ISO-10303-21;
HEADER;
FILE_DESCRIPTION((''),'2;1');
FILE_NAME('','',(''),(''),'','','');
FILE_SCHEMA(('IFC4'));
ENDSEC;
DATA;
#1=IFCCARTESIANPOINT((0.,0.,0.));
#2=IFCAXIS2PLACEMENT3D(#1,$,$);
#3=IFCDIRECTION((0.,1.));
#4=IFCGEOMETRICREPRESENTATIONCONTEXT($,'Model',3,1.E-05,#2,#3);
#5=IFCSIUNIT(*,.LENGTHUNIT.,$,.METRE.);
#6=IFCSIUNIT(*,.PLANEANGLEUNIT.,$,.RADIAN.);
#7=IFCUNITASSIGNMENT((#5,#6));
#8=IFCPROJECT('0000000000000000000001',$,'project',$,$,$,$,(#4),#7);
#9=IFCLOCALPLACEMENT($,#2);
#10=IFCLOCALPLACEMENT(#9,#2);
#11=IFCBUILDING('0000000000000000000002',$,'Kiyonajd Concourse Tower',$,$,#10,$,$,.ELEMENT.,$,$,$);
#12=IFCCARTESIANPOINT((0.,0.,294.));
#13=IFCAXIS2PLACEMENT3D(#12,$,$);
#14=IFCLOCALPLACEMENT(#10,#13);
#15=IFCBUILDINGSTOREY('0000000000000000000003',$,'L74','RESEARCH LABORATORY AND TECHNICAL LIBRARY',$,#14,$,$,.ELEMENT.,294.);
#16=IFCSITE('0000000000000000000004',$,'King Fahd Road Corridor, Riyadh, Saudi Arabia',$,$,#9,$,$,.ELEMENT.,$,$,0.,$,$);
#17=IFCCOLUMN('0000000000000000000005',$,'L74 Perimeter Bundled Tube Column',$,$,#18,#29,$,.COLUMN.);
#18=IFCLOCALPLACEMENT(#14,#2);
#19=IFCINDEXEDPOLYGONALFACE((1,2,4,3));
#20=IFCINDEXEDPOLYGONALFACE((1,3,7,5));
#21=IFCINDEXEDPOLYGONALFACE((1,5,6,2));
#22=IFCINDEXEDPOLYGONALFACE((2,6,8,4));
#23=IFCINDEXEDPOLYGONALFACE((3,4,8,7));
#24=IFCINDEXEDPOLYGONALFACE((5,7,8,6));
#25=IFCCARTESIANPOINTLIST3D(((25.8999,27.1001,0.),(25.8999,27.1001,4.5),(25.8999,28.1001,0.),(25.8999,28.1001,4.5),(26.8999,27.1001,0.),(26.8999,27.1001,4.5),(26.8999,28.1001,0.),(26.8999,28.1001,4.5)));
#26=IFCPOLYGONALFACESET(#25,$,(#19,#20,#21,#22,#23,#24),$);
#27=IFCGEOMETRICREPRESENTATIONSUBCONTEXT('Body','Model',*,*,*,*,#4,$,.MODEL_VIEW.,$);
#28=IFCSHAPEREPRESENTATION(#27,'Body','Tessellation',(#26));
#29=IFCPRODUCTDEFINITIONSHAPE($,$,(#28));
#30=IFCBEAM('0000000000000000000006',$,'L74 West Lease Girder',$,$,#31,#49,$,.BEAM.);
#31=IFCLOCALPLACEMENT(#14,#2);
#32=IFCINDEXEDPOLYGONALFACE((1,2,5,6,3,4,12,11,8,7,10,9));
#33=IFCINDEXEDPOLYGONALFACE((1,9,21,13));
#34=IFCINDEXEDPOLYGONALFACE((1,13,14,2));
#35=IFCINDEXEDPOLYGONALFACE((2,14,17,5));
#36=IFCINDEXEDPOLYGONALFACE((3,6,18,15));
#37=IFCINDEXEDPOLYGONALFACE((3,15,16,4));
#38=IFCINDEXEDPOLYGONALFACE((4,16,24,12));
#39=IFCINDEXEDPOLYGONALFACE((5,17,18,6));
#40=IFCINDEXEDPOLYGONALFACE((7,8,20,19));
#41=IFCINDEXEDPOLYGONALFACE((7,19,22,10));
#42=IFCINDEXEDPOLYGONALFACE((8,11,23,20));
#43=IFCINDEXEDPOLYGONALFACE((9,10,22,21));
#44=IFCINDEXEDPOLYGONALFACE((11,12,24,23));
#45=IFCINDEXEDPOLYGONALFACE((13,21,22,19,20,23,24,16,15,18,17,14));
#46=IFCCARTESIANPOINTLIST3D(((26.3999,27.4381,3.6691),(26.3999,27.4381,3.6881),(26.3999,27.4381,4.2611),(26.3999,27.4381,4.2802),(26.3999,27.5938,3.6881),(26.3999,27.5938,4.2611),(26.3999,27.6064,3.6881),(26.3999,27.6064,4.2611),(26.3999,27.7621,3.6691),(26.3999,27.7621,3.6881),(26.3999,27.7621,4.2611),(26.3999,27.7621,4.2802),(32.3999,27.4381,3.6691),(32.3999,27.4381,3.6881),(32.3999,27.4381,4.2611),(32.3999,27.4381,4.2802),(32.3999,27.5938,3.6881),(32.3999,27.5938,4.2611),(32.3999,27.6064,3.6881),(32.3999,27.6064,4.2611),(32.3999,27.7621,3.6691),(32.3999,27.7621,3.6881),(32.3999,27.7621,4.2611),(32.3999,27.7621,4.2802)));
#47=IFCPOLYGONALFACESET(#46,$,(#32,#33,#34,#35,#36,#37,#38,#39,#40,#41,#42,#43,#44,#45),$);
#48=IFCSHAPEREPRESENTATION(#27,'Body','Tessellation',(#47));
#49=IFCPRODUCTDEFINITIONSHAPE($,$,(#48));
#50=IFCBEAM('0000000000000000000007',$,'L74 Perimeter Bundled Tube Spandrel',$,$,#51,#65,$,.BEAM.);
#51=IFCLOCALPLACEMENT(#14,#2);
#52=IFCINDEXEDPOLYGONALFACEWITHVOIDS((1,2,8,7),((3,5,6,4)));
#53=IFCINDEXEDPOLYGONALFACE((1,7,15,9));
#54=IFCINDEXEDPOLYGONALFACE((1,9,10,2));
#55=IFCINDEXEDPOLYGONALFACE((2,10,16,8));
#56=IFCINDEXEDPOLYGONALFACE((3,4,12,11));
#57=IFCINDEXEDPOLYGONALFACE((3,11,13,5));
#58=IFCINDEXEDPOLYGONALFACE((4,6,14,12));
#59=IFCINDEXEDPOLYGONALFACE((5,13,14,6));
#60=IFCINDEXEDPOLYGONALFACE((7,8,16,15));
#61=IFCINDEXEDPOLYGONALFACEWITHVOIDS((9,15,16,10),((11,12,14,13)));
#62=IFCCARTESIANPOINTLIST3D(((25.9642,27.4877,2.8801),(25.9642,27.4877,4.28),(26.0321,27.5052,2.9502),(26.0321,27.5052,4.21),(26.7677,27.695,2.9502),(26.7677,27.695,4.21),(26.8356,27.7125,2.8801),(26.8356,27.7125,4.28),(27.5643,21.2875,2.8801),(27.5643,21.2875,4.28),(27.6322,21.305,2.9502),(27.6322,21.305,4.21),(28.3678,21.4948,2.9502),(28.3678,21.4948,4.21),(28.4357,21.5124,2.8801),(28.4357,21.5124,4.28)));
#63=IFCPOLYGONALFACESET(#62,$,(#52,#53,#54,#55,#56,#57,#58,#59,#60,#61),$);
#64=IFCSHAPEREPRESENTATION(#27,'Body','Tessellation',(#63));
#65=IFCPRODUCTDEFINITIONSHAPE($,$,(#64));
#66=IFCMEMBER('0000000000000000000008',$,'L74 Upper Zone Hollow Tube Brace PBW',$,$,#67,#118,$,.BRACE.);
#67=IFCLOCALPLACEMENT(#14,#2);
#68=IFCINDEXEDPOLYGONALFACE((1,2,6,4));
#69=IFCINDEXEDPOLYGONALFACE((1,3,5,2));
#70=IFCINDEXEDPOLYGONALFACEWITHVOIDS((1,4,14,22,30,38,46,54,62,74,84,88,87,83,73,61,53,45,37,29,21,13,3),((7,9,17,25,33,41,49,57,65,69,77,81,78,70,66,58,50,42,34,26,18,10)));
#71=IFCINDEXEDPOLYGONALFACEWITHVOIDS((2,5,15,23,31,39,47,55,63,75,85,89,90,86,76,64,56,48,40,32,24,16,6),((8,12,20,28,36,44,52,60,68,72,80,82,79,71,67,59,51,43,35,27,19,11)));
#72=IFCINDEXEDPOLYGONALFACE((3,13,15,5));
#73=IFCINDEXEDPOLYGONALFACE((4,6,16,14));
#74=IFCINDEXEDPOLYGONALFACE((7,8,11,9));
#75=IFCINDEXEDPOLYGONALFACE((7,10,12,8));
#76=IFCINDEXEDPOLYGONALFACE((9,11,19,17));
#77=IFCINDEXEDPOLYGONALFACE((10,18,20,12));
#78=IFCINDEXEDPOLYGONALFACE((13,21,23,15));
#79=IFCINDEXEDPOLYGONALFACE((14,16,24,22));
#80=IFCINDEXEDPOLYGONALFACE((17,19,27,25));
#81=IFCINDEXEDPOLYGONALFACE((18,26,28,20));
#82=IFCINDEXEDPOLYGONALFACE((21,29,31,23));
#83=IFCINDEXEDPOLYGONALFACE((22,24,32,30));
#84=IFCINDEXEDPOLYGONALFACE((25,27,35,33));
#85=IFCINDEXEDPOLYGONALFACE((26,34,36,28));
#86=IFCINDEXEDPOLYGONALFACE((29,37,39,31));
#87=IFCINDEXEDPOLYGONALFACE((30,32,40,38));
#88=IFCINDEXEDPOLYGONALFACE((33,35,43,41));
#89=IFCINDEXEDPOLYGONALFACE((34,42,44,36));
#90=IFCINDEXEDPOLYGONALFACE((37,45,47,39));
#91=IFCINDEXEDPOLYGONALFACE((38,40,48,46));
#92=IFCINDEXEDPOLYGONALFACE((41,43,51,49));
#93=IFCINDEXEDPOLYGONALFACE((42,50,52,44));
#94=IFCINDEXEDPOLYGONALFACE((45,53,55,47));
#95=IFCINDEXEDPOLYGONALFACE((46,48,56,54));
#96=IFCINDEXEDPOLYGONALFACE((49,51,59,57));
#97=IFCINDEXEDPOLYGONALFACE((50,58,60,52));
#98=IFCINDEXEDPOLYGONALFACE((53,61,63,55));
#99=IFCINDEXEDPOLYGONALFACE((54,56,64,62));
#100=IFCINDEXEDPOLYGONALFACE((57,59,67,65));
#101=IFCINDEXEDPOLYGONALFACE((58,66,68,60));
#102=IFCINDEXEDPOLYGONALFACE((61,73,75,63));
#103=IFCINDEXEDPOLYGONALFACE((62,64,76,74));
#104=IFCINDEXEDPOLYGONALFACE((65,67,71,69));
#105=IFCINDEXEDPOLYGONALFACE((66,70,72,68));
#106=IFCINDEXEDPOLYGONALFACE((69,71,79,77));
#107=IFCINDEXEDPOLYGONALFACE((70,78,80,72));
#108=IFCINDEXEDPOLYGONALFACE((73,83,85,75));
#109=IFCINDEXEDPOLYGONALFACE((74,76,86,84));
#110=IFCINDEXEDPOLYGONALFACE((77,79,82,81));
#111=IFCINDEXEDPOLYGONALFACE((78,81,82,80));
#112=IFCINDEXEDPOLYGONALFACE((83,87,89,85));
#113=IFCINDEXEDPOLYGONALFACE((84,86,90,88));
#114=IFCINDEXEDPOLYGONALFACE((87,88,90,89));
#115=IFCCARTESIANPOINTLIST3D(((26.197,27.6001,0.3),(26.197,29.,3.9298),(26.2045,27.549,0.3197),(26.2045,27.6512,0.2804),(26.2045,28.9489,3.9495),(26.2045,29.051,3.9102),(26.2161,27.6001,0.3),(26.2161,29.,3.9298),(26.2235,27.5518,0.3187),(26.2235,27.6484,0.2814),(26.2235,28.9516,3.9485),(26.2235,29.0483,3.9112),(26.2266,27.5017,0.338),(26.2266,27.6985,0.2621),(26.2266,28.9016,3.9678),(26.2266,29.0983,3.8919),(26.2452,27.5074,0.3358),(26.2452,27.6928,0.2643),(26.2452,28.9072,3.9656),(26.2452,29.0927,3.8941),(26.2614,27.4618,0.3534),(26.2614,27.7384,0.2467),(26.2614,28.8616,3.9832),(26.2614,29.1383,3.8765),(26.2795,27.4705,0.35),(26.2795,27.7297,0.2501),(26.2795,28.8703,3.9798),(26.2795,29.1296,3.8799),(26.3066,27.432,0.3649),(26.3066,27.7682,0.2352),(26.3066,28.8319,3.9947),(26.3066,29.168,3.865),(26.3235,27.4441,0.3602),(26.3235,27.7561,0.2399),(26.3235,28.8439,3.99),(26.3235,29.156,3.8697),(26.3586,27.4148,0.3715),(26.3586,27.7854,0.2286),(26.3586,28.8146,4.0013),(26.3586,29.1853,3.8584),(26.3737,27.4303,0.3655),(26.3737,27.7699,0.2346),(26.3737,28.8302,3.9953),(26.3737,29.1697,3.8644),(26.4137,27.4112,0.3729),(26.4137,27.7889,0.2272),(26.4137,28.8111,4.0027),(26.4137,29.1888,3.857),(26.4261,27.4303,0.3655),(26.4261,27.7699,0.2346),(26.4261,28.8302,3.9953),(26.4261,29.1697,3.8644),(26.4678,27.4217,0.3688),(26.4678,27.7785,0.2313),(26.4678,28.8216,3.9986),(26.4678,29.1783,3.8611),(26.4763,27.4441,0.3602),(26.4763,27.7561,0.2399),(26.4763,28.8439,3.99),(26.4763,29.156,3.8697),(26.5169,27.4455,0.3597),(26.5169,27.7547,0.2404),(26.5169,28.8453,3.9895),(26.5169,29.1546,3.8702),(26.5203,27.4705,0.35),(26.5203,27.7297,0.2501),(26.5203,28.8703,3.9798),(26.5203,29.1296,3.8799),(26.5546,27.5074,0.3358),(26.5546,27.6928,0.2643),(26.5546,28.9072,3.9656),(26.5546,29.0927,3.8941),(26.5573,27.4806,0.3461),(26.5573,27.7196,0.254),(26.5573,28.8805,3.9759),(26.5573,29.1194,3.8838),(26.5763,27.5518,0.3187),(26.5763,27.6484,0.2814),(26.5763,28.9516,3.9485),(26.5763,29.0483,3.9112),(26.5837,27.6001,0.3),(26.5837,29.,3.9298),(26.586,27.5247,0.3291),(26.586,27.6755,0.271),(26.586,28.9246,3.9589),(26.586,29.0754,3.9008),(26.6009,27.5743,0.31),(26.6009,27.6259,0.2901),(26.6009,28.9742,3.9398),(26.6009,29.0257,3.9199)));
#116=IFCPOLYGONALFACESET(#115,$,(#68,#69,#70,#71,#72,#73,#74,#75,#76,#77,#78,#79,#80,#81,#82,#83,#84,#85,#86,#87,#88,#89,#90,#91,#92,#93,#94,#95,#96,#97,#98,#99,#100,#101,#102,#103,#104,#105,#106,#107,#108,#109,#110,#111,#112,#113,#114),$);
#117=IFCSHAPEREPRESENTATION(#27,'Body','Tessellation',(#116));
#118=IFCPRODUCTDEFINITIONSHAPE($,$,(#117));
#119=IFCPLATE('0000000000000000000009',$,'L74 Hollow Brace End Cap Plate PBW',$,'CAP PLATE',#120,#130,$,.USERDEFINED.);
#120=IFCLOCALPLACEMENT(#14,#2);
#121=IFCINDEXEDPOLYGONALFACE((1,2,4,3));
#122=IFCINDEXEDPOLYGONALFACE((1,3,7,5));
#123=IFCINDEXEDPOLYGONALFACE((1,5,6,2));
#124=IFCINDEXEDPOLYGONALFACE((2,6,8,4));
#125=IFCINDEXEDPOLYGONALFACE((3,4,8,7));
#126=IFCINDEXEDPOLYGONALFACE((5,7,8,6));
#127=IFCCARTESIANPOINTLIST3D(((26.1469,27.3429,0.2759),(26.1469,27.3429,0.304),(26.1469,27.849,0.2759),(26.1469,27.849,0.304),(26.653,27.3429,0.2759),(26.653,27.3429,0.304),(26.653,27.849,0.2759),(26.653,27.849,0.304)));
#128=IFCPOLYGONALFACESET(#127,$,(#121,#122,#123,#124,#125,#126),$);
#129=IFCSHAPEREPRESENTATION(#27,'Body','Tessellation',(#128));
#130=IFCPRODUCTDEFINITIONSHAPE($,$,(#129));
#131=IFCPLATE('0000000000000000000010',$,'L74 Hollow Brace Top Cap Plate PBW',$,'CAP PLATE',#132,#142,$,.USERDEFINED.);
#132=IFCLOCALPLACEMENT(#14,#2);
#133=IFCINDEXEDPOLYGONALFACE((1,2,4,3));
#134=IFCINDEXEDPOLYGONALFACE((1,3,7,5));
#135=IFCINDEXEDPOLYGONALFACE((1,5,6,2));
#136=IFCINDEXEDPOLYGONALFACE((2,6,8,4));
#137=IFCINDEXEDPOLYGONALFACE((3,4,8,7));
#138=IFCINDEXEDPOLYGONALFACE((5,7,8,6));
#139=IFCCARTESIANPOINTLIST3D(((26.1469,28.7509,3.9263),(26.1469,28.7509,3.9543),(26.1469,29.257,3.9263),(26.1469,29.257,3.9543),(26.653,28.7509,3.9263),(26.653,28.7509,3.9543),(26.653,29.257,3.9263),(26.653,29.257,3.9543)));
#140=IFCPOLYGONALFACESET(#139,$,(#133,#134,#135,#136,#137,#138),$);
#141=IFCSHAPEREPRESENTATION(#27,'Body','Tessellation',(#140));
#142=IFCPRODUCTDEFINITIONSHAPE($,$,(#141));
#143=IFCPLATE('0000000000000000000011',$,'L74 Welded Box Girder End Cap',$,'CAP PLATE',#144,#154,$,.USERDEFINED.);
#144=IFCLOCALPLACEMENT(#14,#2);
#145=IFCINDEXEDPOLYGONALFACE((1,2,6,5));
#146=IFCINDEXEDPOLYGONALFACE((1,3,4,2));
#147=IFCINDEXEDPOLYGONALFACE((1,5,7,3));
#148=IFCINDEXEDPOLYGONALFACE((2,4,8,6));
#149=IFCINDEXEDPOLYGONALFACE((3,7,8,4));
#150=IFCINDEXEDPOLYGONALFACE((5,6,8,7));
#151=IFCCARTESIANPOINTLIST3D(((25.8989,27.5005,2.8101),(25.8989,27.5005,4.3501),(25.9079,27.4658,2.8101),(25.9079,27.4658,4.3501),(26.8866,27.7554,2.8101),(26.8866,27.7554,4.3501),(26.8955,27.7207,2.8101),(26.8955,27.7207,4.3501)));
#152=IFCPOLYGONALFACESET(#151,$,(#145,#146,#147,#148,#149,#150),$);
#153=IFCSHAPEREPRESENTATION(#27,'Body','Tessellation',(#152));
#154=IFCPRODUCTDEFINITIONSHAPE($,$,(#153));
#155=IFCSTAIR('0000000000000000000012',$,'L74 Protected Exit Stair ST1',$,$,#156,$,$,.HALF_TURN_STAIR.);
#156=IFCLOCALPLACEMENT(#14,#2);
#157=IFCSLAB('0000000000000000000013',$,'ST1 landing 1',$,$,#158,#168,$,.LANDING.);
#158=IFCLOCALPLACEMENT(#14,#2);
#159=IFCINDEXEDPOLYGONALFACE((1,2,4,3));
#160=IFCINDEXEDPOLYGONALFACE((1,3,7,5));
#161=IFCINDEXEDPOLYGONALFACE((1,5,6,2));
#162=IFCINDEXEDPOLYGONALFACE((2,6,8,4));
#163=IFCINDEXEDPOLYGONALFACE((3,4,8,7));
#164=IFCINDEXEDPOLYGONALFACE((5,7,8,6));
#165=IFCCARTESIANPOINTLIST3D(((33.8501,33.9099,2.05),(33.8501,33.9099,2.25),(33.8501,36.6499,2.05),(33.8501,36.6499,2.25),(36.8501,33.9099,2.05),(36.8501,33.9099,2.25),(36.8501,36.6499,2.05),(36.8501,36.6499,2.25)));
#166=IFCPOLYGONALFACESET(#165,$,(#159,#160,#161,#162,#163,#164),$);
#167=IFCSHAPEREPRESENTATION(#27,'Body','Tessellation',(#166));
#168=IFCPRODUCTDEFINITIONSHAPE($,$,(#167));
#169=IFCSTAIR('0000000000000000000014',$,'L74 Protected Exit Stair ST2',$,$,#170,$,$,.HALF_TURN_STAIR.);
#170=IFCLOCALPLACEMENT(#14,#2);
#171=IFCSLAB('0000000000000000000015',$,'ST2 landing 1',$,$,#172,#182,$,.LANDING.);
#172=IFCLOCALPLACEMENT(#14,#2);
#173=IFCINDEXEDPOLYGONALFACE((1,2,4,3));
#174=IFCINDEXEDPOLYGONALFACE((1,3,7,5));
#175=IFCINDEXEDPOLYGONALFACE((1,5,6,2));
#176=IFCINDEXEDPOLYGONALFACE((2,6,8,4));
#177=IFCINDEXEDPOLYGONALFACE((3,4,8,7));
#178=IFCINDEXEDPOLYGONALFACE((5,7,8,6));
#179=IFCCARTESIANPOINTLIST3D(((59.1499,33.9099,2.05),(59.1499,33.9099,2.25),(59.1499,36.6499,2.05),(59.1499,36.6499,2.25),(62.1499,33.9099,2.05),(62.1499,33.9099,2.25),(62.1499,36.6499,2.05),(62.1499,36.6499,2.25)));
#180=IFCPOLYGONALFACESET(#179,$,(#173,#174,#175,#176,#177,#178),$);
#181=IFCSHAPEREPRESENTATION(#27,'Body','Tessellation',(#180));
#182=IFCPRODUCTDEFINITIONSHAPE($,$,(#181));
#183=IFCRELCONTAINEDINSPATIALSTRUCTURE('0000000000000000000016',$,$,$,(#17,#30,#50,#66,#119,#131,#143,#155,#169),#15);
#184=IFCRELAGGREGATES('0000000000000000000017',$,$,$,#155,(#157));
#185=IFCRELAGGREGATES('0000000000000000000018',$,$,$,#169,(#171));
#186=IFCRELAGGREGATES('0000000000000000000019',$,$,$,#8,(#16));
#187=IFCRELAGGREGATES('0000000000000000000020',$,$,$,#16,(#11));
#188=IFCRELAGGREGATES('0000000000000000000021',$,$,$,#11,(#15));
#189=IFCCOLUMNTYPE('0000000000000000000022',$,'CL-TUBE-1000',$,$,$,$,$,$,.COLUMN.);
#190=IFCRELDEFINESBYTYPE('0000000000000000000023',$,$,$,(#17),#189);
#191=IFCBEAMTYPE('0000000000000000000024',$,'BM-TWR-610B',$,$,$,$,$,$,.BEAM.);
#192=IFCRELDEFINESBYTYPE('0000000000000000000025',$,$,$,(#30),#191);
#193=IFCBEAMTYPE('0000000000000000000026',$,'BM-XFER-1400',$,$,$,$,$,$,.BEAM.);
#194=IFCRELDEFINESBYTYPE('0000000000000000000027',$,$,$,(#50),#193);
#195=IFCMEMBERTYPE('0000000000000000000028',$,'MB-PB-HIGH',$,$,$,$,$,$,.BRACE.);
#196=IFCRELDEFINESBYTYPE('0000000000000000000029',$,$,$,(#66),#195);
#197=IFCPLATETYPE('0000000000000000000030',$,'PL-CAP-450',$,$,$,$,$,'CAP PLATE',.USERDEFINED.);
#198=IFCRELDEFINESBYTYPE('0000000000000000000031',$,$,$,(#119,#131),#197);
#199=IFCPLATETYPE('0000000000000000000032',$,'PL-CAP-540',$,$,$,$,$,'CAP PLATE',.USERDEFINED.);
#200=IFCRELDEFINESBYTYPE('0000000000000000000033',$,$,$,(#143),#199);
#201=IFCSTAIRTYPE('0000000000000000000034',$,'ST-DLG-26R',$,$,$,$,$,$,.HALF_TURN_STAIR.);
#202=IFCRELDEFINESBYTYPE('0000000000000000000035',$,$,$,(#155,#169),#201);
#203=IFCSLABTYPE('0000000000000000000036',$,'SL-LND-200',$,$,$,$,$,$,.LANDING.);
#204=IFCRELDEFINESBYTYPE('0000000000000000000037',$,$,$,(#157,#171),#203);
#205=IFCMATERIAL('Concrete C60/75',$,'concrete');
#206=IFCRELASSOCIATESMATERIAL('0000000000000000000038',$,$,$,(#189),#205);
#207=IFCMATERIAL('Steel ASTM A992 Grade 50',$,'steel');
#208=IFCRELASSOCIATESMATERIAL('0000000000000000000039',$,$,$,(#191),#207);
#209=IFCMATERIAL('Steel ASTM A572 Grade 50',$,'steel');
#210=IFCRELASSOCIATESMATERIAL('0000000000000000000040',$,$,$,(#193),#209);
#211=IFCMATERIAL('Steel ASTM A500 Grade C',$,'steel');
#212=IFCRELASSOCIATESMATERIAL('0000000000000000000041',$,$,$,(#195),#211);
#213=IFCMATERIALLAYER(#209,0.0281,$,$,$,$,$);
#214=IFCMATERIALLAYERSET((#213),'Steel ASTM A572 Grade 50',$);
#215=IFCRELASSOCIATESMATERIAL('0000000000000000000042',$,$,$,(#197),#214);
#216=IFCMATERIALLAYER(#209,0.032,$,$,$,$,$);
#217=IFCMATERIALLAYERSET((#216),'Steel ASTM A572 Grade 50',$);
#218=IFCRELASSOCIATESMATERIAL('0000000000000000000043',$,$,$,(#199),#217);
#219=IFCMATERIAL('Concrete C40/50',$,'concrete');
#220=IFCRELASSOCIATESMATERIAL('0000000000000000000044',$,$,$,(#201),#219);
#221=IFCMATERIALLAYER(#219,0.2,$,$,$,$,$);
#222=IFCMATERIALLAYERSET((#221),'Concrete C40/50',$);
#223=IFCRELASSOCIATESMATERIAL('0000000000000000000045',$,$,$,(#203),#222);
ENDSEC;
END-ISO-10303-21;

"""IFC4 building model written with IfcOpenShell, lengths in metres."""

from ifc_helpers import new_model, si_unit, direction, frame, origin, origin_2d, place, context, subcontext, project, spatial, polyline, rectangle, hollow_rectangle, hollow_circle, i_section, outline, extrude, material, layer, layer_set, material_profile, profile_set, type_object, element, aggregate, save


model = new_model("IFC4")

# Units and contexts
model_context = context("Model", 3, precision=1e-05, world=origin(), true_north=direction((0.0, 1.0)))
body_context = subcontext(model_context, "Body", "Model", "MODEL_VIEW")
ifc_project = project(units=[si_unit("LENGTHUNIT", "METRE"), si_unit("PLANEANGLEUNIT", "RADIAN")], contexts=[model_context])

# Site, building, storey
site_placement = place(None, origin())
site = spatial("IfcSite", under=ifc_project, at=site_placement, Name="King Fahd Road Corridor, Riyadh, Saudi Arabia", CompositionType="ELEMENT", RefElevation=0.0)
building_placement = place(site_placement, origin())
building = spatial("IfcBuilding", under=site, at=building_placement, Name="Kiyonajd Concourse Tower", CompositionType="ELEMENT")
storey_placement = place(building_placement, frame((0.0, 0.0, 294.0)))
storey = spatial("IfcBuildingStorey", under=building, at=storey_placement, Name="L74", Description="RESEARCH LABORATORY AND TECHNICAL LIBRARY", CompositionType="ELEMENT", Elevation=294.0)

# Column
ifc_material_1 = material(Name="Concrete C60/75", Category="concrete")
ifc_material_profile_1 = material_profile(ifc_material_1, rectangle(XDim=1.0, YDim=1.0, at=origin_2d()), Name="RC-1000x1000")
ifc_profile_set_1 = profile_set([ifc_material_profile_1], Name="Concrete C60/75")
column_type = type_object("IfcColumnType", Name="CL-TUBE-1000", PredefinedType="COLUMN", material=ifc_profile_set_1)
column_placement = place(storey_placement, frame((26.3999, 27.6001, 0.0), z_axis=(0.0, 0.0, 1.0), x_axis=(1.0, 0.0, 0.0)))
element("IfcColumn", 1, at=column_placement, inside=storey, type_object=column_type, Name="L74 Perimeter Bundled Tube Column", PredefinedType="COLUMN", context=body_context, shape_type="SweptSolid", body=[
    extrude(rectangle(XDim=1.0, YDim=1.0, at=origin_2d()), origin(), (0.0, 0.0, 1.0), 4.5),
])

# Beams
ifc_material_2 = material(Name="Steel ASTM A992 Grade 50", Category="steel")
ifc_material_profile_2 = material_profile(ifc_material_2, i_section(OverallWidth=0.324, OverallDepth=0.6111, WebThickness=0.0127, FlangeThickness=0.019, at=origin_2d()), Name="W610X155")
ifc_profile_set_2 = profile_set([ifc_material_profile_2], Name="Steel ASTM A992 Grade 50")
beam_type_1 = type_object("IfcBeamType", Name="BM-TWR-610B", PredefinedType="BEAM", material=ifc_profile_set_2)
beam_1_placement = place(storey_placement, frame((26.3999, 27.6001, 3.9746), z_axis=(1.0, 0.0, 0.0), x_axis=(0.0, 1.0, 0.0)))
element("IfcBeam", 2, at=beam_1_placement, inside=storey, type_object=beam_type_1, Name="L74 West Lease Girder", PredefinedType="BEAM", context=body_context, shape_type="SweptSolid", body=[
    extrude(i_section(OverallWidth=0.324, OverallDepth=0.6111, WebThickness=0.0127, FlangeThickness=0.019, at=origin_2d()), origin(), (0.0, 0.0, 1.0), 6.0),
])
ifc_material_3 = material(Name="Steel ASTM A572 Grade 50", Category="steel")
ifc_material_profile_3 = material_profile(ifc_material_3, hollow_rectangle(XDim=0.8999, YDim=1.3999, WallThickness=0.0701, at=origin_2d()), Name="BOX-1400x900x70")
ifc_profile_set_3 = profile_set([ifc_material_profile_3], Name="Steel ASTM A572 Grade 50")
beam_type_2 = type_object("IfcBeamType", Name="BM-XFER-1400", PredefinedType="BEAM", material=ifc_profile_set_3)
beam_2_placement = place(storey_placement, frame((26.3999, 27.6001, 3.5801), z_axis=(0.249885, -0.968276, 0.0), x_axis=(0.968276, 0.249885, 0.0)))
element("IfcBeam", 3, at=beam_2_placement, inside=storey, type_object=beam_type_2, Name="L74 Perimeter Bundled Tube Spandrel", PredefinedType="BEAM", context=body_context, shape_type="SweptSolid", body=[
    extrude(hollow_rectangle(XDim=0.8999, YDim=1.3999, WallThickness=0.0701, at=origin_2d()), origin(), (0.0, 0.0, 1.0), 6.4033),
])

# Member
ifc_material_4 = material(Name="Steel ASTM A500 Grade C", Category="steel")
ifc_material_profile_4 = material_profile(ifc_material_4, hollow_circle(Radius=0.2029, WallThickness=0.019, at=origin_2d()), Name="CHS-406x19")
ifc_profile_set_4 = profile_set([ifc_material_profile_4], Name="Steel ASTM A500 Grade C")
member_type = type_object("IfcMemberType", Name="MB-PB-HIGH", PredefinedType="BRACE", material=ifc_profile_set_4)
member_placement = place(storey_placement, frame((26.3999, 27.6001, 0.3), z_axis=(0.0, 0.359828, 0.933019), x_axis=(-1.0, 0.0, 0.0)))
element("IfcMember", 4, at=member_placement, inside=storey, type_object=member_type, Name="L74 Upper Zone Hollow Tube Brace PBW", PredefinedType="BRACE", context=body_context, shape_type="SweptSolid", body=[
    extrude(hollow_circle(Radius=0.2029, WallThickness=0.019, at=origin_2d()), origin(), (0.0, 0.0, 1.0), 3.8904),
])

# Plates
ifc_layer_1 = layer(ifc_material_3, 0.0281)
ifc_layer_set_1 = layer_set([ifc_layer_1], Name="Steel ASTM A572 Grade 50")
plate_type_1 = type_object("IfcPlateType", Name="PL-CAP-450", ElementType="CAP PLATE", PredefinedType="USERDEFINED", material=ifc_layer_set_1)
for number, where, z_axis, x_axis, name in (
    (5, (26.3999, 27.5959, 0.2759), (0.0, 0.0, 1.0), (1.0, 0.0, 0.0), "L74 Hollow Brace End Cap Plate PBW"),
    (6, (26.3999, 29.0039, 3.9263), (0.0, 0.0, 1.0), (1.0, 0.0, 0.0), "L74 Hollow Brace Top Cap Plate PBW"),
):
    element("IfcPlate", number, at=place(storey_placement, frame(where, z_axis=z_axis, x_axis=x_axis)), inside=storey, type_object=plate_type_1, Name=name, ObjectType="CAP PLATE", PredefinedType="USERDEFINED", context=body_context, shape_type="SweptSolid", body=[
        extrude(rectangle(XDim=0.5061, YDim=0.5061, at=origin_2d()), origin(), (0.0, 0.0, 1.0), 0.0281),
    ])
ifc_layer_2 = layer(ifc_material_3, 0.032)
ifc_layer_set_2 = layer_set([ifc_layer_2], Name="Steel ASTM A572 Grade 50")
plate_type_2 = type_object("IfcPlateType", Name="PL-CAP-540", ElementType="CAP PLATE", PredefinedType="USERDEFINED", material=ifc_layer_set_2)
plate_placement = place(storey_placement, frame((26.3972, 27.6106, 2.8101), z_axis=(0.0, 0.0, 1.0), x_axis=(-0.249873, 0.968279, 0.0)))
element("IfcPlate", 7, at=plate_placement, inside=storey, type_object=plate_type_2, Name="L74 Welded Box Girder End Cap", ObjectType="CAP PLATE", PredefinedType="USERDEFINED", context=body_context, shape_type="SweptSolid", body=[
    extrude(rectangle(XDim=0.0359, YDim=1.02, at=origin_2d()), origin(), (0.0, 0.0, 1.0), 1.54),
])

# Stairs, slabs
ifc_material_5 = material(Name="Concrete C40/50", Category="concrete")
stair_type = type_object("IfcStairType", Name="ST-DLG-26R", PredefinedType="HALF_TURN_STAIR", material=ifc_material_5)
stair_1_placement = place(storey_placement, origin())
stair_1 = element("IfcStair", 8, at=stair_1_placement, inside=storey, type_object=stair_type, Name="L74 Protected Exit Stair ST1", PredefinedType="HALF_TURN_STAIR")
ifc_layer_3 = layer(ifc_material_5, 0.2)
ifc_layer_set_3 = layer_set([ifc_layer_3], Name="Concrete C40/50")
slab_type_1 = type_object("IfcSlabType", Name="SL-LND-200", PredefinedType="LANDING", material=ifc_layer_set_3)
slab_1_placement = place(storey_placement, frame((0.0, 0.0, 2.05)))
slab_1 = element("IfcSlab", 9, at=slab_1_placement, type_object=slab_type_1, Name="ST1 landing 1", PredefinedType="LANDING", context=body_context, shape_type="SweptSolid", body=[
    extrude(outline(polyline([(36.8501, 33.9099), (36.8501, 36.6499), (33.8501, 36.6499), (33.8501, 33.9099), (36.8501, 33.9099)])), origin(), (0.0, 0.0, 1.0), 0.2),
])
aggregate(stair_1, [slab_1])
stair_2_placement = place(storey_placement, origin())
stair_2 = element("IfcStair", 10, at=stair_2_placement, inside=storey, type_object=stair_type, Name="L74 Protected Exit Stair ST2", PredefinedType="HALF_TURN_STAIR")
slab_2_placement = place(storey_placement, frame((0.0, 0.0, 2.05)))
slab_2 = element("IfcSlab", 11, at=slab_2_placement, type_object=slab_type_1, Name="ST2 landing 1", PredefinedType="LANDING", context=body_context, shape_type="SweptSolid", body=[
    extrude(outline(polyline([(62.1499, 33.9099), (62.1499, 36.6499), (59.1499, 36.6499), (59.1499, 33.9099), (62.1499, 33.9099)])), origin(), (0.0, 0.0, 1.0), 0.2),
])
aggregate(stair_2, [slab_2])

save(model, "model.ifc")
